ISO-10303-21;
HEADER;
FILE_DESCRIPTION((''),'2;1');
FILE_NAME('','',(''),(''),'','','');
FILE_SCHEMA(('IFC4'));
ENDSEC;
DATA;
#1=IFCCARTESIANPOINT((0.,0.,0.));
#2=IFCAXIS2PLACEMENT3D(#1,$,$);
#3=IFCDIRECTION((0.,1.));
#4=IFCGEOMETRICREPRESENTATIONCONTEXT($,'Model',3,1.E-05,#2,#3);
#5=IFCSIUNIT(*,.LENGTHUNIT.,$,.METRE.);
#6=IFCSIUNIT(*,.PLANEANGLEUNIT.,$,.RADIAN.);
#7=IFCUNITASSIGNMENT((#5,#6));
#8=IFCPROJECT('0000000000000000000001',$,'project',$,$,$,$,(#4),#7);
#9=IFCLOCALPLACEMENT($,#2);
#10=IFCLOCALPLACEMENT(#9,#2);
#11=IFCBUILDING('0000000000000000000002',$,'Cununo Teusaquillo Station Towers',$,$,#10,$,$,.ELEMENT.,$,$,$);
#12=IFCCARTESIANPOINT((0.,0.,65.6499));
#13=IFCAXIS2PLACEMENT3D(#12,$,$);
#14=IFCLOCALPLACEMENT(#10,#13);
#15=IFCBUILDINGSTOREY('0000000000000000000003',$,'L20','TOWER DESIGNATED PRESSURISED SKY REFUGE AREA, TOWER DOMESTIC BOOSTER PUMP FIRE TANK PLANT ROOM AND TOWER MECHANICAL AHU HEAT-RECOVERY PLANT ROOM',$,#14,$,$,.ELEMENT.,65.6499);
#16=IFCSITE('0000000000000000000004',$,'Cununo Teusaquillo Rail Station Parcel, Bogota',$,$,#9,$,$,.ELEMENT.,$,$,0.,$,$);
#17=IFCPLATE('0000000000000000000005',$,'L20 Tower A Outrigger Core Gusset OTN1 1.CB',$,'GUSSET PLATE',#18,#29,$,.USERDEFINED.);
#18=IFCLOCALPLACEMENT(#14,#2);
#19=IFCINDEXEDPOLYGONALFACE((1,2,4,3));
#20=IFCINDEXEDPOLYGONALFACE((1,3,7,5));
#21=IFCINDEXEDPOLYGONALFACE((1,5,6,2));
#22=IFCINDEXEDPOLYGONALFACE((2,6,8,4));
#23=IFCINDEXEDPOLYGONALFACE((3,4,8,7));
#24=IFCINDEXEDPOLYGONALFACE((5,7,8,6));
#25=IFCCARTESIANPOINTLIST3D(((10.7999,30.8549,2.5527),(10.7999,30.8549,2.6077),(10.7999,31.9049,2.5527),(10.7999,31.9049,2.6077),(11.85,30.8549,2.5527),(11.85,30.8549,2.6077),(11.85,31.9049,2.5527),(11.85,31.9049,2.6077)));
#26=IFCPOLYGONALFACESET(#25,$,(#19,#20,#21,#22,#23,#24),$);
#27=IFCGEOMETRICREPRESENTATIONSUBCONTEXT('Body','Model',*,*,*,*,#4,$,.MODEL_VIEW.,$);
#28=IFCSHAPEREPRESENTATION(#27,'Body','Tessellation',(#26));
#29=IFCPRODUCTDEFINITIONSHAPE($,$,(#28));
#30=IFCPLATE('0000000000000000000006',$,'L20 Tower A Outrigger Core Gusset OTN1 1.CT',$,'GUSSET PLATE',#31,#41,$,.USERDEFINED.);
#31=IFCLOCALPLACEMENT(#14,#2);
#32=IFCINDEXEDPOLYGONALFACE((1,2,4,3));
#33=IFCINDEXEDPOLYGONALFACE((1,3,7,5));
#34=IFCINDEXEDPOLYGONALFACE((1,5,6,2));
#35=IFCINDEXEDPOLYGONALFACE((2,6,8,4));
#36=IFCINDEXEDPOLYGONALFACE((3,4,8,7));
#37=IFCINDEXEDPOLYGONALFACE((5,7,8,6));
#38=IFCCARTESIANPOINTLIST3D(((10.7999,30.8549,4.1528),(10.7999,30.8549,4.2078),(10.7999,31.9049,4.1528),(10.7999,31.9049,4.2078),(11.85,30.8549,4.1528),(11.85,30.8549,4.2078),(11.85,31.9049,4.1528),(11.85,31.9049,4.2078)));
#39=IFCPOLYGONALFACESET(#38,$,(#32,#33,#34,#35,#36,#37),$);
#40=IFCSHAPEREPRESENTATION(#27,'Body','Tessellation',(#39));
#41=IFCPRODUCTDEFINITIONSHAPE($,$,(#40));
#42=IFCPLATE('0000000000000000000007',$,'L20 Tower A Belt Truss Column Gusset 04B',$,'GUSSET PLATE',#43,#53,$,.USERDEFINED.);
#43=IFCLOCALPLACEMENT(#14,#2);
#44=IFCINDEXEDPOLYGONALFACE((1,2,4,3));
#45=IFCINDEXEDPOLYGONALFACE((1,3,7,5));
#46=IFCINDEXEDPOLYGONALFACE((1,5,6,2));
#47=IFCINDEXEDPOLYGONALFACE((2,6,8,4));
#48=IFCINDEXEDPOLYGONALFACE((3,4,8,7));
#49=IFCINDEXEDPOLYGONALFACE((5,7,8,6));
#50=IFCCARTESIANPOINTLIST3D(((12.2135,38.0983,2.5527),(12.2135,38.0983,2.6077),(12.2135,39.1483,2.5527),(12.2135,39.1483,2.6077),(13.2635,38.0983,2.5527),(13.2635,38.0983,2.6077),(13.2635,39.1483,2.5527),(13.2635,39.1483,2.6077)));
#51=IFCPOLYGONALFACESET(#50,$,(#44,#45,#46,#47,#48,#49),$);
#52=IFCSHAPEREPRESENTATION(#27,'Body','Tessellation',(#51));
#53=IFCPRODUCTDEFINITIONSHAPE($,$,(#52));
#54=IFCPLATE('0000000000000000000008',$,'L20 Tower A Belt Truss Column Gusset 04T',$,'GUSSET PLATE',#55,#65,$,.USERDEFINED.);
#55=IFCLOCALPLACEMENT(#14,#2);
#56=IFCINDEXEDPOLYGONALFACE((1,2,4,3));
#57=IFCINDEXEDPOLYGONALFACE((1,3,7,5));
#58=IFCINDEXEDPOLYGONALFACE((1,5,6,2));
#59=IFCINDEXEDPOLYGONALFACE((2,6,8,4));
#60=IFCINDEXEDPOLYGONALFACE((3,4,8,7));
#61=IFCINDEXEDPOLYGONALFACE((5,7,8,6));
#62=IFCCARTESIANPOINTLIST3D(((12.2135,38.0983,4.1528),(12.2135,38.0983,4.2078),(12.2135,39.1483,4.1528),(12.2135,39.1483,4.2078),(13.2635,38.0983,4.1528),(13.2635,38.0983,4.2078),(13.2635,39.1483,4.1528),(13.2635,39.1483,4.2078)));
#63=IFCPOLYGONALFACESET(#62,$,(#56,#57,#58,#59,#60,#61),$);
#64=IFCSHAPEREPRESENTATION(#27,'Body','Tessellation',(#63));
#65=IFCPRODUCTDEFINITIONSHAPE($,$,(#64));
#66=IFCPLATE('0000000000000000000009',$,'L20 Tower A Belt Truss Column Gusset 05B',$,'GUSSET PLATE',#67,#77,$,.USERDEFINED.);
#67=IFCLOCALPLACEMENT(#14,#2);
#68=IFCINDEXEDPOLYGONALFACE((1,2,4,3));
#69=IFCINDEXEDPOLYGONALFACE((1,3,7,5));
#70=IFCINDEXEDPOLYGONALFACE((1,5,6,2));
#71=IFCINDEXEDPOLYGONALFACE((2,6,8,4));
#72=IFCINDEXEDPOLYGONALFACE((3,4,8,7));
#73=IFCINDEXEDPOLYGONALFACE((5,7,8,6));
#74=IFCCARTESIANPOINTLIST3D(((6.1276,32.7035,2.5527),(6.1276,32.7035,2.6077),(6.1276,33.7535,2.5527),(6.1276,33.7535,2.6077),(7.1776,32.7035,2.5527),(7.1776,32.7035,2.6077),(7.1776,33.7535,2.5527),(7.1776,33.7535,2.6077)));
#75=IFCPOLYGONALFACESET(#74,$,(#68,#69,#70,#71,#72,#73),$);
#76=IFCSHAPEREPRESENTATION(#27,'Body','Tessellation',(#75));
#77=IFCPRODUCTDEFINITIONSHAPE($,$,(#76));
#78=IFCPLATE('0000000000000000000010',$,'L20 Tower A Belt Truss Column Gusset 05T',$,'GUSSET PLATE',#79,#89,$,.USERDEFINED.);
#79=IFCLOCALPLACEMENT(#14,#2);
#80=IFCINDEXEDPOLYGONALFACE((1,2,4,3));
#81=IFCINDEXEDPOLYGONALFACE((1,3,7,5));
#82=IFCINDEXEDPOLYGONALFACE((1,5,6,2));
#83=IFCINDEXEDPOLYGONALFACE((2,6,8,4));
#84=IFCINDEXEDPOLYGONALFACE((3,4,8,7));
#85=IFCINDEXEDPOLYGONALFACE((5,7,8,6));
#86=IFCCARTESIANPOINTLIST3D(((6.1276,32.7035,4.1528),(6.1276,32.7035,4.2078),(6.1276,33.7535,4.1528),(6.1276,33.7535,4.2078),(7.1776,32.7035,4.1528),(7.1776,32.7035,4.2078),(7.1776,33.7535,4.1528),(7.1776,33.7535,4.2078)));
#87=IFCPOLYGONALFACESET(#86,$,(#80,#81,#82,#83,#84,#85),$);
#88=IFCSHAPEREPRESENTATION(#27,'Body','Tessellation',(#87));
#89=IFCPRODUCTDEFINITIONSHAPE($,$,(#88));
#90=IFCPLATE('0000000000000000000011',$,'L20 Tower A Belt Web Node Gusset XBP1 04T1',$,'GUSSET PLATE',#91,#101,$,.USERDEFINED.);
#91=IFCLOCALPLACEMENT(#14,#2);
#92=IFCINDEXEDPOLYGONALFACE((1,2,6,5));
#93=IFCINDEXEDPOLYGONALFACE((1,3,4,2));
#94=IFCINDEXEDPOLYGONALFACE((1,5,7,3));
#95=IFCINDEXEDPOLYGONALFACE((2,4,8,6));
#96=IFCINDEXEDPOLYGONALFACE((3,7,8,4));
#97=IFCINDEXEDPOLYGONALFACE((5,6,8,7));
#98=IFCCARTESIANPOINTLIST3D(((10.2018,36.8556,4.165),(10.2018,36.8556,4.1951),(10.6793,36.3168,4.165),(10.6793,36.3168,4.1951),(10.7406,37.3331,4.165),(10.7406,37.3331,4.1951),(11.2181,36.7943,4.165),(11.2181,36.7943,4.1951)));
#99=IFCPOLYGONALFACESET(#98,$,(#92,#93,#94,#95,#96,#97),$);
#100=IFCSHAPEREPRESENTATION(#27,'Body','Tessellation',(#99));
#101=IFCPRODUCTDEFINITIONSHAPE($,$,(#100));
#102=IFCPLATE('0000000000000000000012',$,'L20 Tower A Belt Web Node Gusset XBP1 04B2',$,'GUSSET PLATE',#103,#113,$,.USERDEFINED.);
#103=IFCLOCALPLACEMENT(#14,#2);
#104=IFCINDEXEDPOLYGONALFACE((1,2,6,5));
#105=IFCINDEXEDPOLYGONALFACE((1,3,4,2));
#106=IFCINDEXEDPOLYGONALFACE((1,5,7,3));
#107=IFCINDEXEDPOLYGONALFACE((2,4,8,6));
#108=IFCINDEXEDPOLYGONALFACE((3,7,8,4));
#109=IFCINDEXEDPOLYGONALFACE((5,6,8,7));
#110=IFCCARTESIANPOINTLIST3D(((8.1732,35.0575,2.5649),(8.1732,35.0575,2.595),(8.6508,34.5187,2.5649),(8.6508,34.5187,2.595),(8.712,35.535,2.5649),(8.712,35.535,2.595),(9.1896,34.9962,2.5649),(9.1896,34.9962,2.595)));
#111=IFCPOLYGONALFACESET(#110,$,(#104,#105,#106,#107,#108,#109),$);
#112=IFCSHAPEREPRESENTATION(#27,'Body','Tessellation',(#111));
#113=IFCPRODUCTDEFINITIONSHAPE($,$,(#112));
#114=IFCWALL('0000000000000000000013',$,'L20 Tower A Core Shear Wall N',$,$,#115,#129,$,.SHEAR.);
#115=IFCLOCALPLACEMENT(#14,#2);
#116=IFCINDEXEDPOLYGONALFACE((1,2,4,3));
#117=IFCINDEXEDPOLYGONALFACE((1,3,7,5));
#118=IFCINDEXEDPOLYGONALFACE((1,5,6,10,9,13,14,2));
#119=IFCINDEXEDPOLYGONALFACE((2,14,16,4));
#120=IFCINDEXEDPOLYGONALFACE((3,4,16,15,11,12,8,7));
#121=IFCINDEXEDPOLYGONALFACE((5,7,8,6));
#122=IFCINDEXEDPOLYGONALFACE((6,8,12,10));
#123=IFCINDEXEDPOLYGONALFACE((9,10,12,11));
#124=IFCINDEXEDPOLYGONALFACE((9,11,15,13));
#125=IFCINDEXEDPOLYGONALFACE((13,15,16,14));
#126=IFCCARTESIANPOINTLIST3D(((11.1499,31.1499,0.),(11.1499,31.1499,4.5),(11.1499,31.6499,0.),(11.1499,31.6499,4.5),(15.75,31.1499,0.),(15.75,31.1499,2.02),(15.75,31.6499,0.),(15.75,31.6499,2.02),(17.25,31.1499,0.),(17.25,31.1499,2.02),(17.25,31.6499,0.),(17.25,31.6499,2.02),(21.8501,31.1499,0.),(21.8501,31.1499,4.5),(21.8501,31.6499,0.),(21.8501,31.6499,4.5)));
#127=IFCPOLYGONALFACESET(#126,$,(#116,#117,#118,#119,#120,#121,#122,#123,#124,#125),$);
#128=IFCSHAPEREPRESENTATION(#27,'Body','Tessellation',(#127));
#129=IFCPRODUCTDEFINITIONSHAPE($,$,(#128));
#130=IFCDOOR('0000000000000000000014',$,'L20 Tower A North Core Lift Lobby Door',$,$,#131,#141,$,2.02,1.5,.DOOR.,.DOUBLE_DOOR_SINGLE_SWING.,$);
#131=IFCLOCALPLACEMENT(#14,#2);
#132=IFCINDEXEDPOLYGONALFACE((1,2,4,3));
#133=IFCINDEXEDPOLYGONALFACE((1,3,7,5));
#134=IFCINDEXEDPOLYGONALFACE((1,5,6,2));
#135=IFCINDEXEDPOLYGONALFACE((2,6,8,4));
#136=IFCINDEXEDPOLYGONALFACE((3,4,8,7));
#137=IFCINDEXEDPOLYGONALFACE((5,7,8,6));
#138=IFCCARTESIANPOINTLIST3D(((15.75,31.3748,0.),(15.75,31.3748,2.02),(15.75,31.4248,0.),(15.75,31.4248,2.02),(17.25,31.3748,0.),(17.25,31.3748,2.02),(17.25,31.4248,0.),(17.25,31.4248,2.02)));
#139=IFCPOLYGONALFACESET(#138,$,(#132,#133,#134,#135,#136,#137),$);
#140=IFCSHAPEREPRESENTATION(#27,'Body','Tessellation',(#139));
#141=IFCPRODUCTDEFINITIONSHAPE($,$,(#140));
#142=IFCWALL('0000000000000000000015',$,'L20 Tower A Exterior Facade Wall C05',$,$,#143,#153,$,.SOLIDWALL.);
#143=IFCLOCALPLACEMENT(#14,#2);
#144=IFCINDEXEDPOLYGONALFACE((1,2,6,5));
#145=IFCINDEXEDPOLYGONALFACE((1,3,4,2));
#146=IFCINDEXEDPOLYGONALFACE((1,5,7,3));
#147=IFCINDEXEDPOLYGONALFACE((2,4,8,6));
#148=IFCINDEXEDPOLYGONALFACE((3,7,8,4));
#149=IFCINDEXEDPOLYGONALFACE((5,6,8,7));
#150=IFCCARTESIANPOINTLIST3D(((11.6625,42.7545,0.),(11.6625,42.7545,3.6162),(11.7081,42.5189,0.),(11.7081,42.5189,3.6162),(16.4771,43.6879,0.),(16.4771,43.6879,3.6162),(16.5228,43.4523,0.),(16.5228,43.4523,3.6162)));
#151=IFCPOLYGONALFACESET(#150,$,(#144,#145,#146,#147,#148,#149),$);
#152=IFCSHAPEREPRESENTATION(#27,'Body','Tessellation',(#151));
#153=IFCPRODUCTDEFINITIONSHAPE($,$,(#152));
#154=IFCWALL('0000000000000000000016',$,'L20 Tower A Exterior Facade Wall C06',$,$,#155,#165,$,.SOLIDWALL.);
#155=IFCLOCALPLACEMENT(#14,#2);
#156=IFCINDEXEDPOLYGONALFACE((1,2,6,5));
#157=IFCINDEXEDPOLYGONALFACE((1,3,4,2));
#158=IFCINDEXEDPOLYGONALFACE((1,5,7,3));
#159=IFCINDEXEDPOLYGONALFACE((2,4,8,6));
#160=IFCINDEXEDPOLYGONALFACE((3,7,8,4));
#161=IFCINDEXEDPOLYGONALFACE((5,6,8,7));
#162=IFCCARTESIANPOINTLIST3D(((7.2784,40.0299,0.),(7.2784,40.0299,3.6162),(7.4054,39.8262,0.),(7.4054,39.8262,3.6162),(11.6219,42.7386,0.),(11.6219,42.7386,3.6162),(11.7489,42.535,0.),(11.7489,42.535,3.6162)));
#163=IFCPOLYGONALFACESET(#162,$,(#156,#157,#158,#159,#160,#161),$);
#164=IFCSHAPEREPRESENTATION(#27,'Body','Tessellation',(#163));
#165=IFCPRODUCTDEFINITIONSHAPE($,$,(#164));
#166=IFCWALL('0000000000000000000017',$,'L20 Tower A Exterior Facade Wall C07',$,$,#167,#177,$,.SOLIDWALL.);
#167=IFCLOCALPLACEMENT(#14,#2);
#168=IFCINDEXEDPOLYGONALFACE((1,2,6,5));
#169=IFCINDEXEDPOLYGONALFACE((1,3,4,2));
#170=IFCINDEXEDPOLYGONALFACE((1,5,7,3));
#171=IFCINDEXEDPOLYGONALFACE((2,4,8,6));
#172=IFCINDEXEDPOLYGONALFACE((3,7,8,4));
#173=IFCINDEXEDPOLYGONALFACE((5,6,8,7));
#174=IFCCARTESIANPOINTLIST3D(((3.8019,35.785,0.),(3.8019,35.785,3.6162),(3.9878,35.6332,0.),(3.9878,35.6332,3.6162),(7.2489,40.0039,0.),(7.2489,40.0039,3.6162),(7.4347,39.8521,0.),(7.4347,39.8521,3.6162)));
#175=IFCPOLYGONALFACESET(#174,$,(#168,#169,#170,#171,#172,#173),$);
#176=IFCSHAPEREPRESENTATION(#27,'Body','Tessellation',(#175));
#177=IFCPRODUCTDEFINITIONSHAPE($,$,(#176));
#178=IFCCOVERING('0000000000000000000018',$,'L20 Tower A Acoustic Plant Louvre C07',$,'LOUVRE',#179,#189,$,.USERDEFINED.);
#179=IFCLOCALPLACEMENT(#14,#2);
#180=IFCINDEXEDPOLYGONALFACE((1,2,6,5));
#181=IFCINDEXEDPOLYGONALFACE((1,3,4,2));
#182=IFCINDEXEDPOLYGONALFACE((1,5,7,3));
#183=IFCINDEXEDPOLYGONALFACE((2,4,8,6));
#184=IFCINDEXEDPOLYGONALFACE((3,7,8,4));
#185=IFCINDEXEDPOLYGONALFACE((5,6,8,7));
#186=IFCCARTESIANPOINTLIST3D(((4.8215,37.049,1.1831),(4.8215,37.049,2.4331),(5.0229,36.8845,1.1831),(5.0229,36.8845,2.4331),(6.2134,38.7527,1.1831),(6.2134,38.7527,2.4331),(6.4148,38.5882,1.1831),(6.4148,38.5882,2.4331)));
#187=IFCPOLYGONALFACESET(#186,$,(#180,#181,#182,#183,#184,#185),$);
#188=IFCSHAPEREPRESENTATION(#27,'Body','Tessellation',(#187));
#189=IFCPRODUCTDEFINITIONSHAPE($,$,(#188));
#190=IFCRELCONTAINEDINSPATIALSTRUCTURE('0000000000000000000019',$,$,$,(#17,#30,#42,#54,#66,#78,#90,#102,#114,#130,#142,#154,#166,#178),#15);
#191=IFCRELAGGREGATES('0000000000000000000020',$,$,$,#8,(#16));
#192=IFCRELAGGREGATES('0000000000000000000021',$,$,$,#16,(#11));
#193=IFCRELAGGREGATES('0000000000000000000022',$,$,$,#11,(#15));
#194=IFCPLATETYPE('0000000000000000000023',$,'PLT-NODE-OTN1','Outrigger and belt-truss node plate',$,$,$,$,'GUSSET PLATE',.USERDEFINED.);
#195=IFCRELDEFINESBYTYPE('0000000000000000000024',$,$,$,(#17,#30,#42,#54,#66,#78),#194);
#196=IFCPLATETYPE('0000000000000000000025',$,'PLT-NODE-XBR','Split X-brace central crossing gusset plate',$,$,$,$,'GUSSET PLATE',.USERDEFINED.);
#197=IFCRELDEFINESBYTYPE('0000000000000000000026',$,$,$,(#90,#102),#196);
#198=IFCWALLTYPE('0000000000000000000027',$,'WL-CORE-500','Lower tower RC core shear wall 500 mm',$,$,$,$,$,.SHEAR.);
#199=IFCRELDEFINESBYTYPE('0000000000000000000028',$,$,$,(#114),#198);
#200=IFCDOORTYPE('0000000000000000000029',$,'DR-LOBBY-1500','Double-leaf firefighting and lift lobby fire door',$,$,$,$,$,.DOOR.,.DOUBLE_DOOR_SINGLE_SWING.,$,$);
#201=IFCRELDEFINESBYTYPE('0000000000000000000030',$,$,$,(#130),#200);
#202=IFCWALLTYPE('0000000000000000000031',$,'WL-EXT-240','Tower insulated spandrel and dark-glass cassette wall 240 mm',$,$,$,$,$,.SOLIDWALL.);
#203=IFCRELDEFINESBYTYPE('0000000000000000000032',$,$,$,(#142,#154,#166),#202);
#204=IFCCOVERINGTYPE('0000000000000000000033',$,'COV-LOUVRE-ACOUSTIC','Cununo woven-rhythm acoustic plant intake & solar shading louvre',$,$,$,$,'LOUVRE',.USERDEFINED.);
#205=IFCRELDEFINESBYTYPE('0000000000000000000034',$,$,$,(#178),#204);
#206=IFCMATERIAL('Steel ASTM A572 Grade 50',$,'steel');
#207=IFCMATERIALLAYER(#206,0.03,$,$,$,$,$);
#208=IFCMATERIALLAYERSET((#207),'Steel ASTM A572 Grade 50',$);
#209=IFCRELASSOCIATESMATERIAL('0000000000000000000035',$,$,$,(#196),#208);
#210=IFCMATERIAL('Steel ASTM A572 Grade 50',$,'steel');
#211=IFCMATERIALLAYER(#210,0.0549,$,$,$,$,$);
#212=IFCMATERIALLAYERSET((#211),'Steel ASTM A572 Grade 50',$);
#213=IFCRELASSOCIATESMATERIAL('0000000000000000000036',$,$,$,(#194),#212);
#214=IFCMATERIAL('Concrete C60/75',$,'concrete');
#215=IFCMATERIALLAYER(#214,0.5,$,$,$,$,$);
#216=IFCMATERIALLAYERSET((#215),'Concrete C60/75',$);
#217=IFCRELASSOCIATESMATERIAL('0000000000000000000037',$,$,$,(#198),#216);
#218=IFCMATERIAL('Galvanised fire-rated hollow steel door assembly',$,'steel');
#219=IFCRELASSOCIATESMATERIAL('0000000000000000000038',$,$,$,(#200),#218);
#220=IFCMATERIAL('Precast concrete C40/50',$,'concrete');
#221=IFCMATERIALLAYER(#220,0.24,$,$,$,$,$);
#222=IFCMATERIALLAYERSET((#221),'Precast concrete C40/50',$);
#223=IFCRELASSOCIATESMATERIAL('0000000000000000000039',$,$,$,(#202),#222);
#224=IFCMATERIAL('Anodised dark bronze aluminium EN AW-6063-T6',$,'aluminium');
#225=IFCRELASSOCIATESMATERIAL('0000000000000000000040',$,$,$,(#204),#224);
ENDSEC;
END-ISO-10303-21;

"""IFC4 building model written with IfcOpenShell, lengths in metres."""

from ifc_helpers import new_model, si_unit, direction, frame, frame_2d, origin, origin_2d, place, context, subcontext, project, spatial, rectangle, extrude, source, transform, mapped, material, layer, layer_set, type_object, element, fill, save


model = new_model("IFC4")

# Units and contexts
model_context = context("Model", 3, precision=1e-05, world=origin(), true_north=direction((0.0, 1.0)))
body_context = subcontext(model_context, "Body", "Model", "MODEL_VIEW")
ifc_project = project(units=[si_unit("LENGTHUNIT", "METRE"), si_unit("PLANEANGLEUNIT", "RADIAN")], contexts=[model_context])

# Site, building, storey
site_placement = place(None, origin())
site = spatial("IfcSite", under=ifc_project, at=site_placement, Name="Cununo Teusaquillo Rail Station Parcel, Bogota", CompositionType="ELEMENT", RefElevation=0.0)
building_placement = place(site_placement, origin())
building = spatial("IfcBuilding", under=site, at=building_placement, Name="Cununo Teusaquillo Station Towers", CompositionType="ELEMENT")
storey_placement = place(building_placement, frame((0.0, 0.0, 65.6499)))
storey = spatial("IfcBuildingStorey", under=building, at=storey_placement, Name="L20", Description="TOWER DESIGNATED PRESSURISED SKY REFUGE AREA, TOWER DOMESTIC BOOSTER PUMP FIRE TANK PLANT ROOM AND TOWER MECHANICAL AHU HEAT-RECOVERY PLANT ROOM", CompositionType="ELEMENT", Elevation=65.6499)

# Plates
ifc_material_1 = material(Name="Steel ASTM A572 Grade 50", Category="steel")
ifc_layer_1 = layer(ifc_material_1, 0.03)
ifc_layer_set_1 = layer_set([ifc_layer_1], Name="Steel ASTM A572 Grade 50")
plate_type_1 = type_object("IfcPlateType", Name="PLT-NODE-XBR", Description="Split X-brace central crossing gusset plate", ElementType="GUSSET PLATE", PredefinedType="USERDEFINED", material=ifc_layer_set_1)
ifc_material_2 = material(Name="Steel ASTM A572 Grade 50", Category="steel")
ifc_layer_2 = layer(ifc_material_2, 0.0549)
ifc_layer_set_2 = layer_set([ifc_layer_2], Name="Steel ASTM A572 Grade 50")
plate_type_2 = type_object("IfcPlateType", Name="PLT-NODE-OTN1", Description="Outrigger and belt-truss node plate", ElementType="GUSSET PLATE", PredefinedType="USERDEFINED", material=ifc_layer_set_2)
shared_shape_1 = source(origin(), body_context, "Body", "SweptSolid", [
    extrude(rectangle(XDim=1.05, YDim=1.05, at=origin_2d()), origin(), (0.0, 0.0, 1.0), 0.0549),
])
for number, where, z_axis, x_axis, name in (
    (1, (11.325, 31.3799, 2.5527), (0.0, 0.0, 1.0), (1.0, 0.0, 0.0), "L20 Tower A Outrigger Core Gusset OTN1 1.CB"),
    (2, (11.325, 31.3799, 4.1528), (0.0, 0.0, 1.0), (1.0, 0.0, 0.0), "L20 Tower A Outrigger Core Gusset OTN1 1.CT"),
    (3, (12.7385, 38.6233, 2.5527), (0.0, 0.0, 1.0), (1.0, 0.0, 0.0), "L20 Tower A Belt Truss Column Gusset 04B"),
    (4, (12.7385, 38.6233, 4.1528), (0.0, 0.0, 1.0), (1.0, 0.0, 0.0), "L20 Tower A Belt Truss Column Gusset 04T"),
    (5, (6.6526, 33.2285, 2.5527), (0.0, 0.0, 1.0), (1.0, 0.0, 0.0), "L20 Tower A Belt Truss Column Gusset 05B"),
    (6, (6.6526, 33.2285, 4.1528), (0.0, 0.0, 1.0), (1.0, 0.0, 0.0), "L20 Tower A Belt Truss Column Gusset 05T"),
):
    element("IfcPlate", number, at=place(storey_placement, frame(where, z_axis=z_axis, x_axis=x_axis)), inside=storey, type_object=plate_type_2, Name=name, ObjectType="GUSSET PLATE", PredefinedType="USERDEFINED", context=body_context, shape_type="MappedRepresentation", body=[
        mapped(shared_shape_1, transform((0.0, 0.0, 0.0), x_axis=(1.0, 0.0, 0.0), y_axis=(0.0, 1.0, 0.0), z_axis=(0.0, 0.0, 1.0), scale=1.0)),
    ])
shared_shape_2 = source(origin(), body_context, "Body", "SweptSolid", [
    extrude(rectangle(XDim=0.72, YDim=0.72, at=origin_2d()), origin(), (0.0, 0.0, 1.0), 0.03),
])
for number, where, z_axis, x_axis, name in (
    (7, (10.71, 36.825, 4.165), (0.0, 0.0, 1.0), (-0.748377, -0.663273, 0.0), "L20 Tower A Belt Web Node Gusset XBP1 04T1"),
    (8, (8.6814, 35.0269, 2.5649), (0.0, 0.0, 1.0), (-0.748377, -0.663273, 0.0), "L20 Tower A Belt Web Node Gusset XBP1 04B2"),
):
    element("IfcPlate", number, at=place(storey_placement, frame(where, z_axis=z_axis, x_axis=x_axis)), inside=storey, type_object=plate_type_1, Name=name, ObjectType="GUSSET PLATE", PredefinedType="USERDEFINED", context=body_context, shape_type="MappedRepresentation", body=[
        mapped(shared_shape_2, transform((0.0, 0.0, 0.0), x_axis=(1.0, 0.0, 0.0), y_axis=(0.0, 1.0, 0.0), z_axis=(0.0, 0.0, 1.0), scale=1.0)),
    ])

# Wall, opening, door
ifc_material_3 = material(Name="Concrete C60/75", Category="concrete")
ifc_layer_3 = layer(ifc_material_3, 0.5)
ifc_layer_set_3 = layer_set([ifc_layer_3], Name="Concrete C60/75")
wall_type_1 = type_object("IfcWallType", Name="WL-CORE-500", Description="Lower tower RC core shear wall 500 mm", PredefinedType="SHEAR", material=ifc_layer_set_3)
wall_1_placement = place(storey_placement, frame((11.1499, 31.3999, 0.0), z_axis=(0.0, 0.0, 1.0), x_axis=(1.0, 0.0, 0.0)))
wall_1 = element("IfcWall", 9, at=wall_1_placement, inside=storey, type_object=wall_type_1, Name="L20 Tower A Core Shear Wall N", PredefinedType="SHEAR", context=body_context, shape_type="SweptSolid", body=[
    extrude(rectangle(XDim=10.7002, YDim=0.5, at=frame_2d((5.3501, 0.0))), origin(), (0.0, 0.0, 1.0), 4.5),
])
shared_shape_3 = source(origin(), body_context, "Body", "SweptSolid", [
    extrude(rectangle(XDim=1.5, YDim=2.02, at=frame_2d((0.75, 1.01))), frame((0.0, 0.26, 0.0), z_axis=(0.0, -1.0, 0.0), x_axis=(1.0, 0.0, 0.0)), (0.0, 0.0, 1.0), 0.52),
])
opening_placement = place(wall_1_placement, frame((4.6001, 0.0, 0.0)))
opening = element("IfcOpeningElement", 10, at=opening_placement, cuts=wall_1, PredefinedType="OPENING", context=body_context, shape_type="MappedRepresentation", body=[
    mapped(shared_shape_3, transform((0.0, 0.0, 0.0), x_axis=(1.0, 0.0, 0.0), y_axis=(0.0, 1.0, 0.0), z_axis=(0.0, 0.0, 1.0), scale=1.0)),
])
ifc_material_4 = material(Name="Galvanised fire-rated hollow steel door assembly", Category="steel")
door_type = type_object("IfcDoorType", Name="DR-LOBBY-1500", Description="Double-leaf firefighting and lift lobby fire door", OperationType="DOUBLE_DOOR_SINGLE_SWING", PredefinedType="DOOR", material=ifc_material_4)
shared_shape_4 = source(origin(), body_context, "Body", "SweptSolid", [
    extrude(rectangle(XDim=1.5, YDim=2.02, at=frame_2d((0.75, 1.01))), frame((0.0, 0.0249, 0.0), z_axis=(0.0, -1.0, 0.0), x_axis=(1.0, 0.0, 0.0)), (0.0, 0.0, 1.0), 0.05),
])
door_placement = place(opening_placement, origin())
door = element("IfcDoor", 11, at=door_placement, inside=storey, type_object=door_type, Name="L20 Tower A North Core Lift Lobby Door", OperationType="DOUBLE_DOOR_SINGLE_SWING", OverallHeight=2.02, OverallWidth=1.5, PredefinedType="DOOR", context=body_context, shape_type="MappedRepresentation", body=[
    mapped(shared_shape_4, transform((0.0, 0.0, 0.0), x_axis=(1.0, 0.0, 0.0), y_axis=(0.0, 1.0, 0.0), z_axis=(0.0, 0.0, 1.0), scale=1.0)),
])
fill(opening, door)

# Walls
ifc_material_5 = material(Name="Precast concrete C40/50", Category="concrete")
ifc_layer_4 = layer(ifc_material_5, 0.24)
ifc_layer_set_4 = layer_set([ifc_layer_4], Name="Precast concrete C40/50")
wall_type_2 = type_object("IfcWallType", Name="WL-EXT-240", Description="Tower insulated spandrel and dark-glass cassette wall 240 mm", PredefinedType="SOLIDWALL", material=ifc_layer_set_4)
wall_2_placement = place(storey_placement, frame((11.6853, 42.6367, 0.0), z_axis=(0.0, 0.0, 1.0), x_axis=(0.981724, 0.190311, 0.0)))
element("IfcWall", 12, at=wall_2_placement, inside=storey, type_object=wall_type_2, Name="L20 Tower A Exterior Facade Wall C05", PredefinedType="SOLIDWALL", context=body_context, shape_type="SweptSolid", body=[
    extrude(rectangle(XDim=4.9043, YDim=0.24, at=frame_2d((2.4521, 0.0))), origin(), (0.0, 0.0, 1.0), 3.6162),
])
wall_3_placement = place(storey_placement, frame((7.3418, 39.928, 0.0), z_axis=(0.0, 0.0, 1.0), x_axis=(0.84852, 0.529163, 0.0)))
element("IfcWall", 13, at=wall_3_placement, inside=storey, type_object=wall_type_2, Name="L20 Tower A Exterior Facade Wall C06", PredefinedType="SOLIDWALL", context=body_context, shape_type="SweptSolid", body=[
    extrude(rectangle(XDim=5.1189, YDim=0.24, at=frame_2d((2.5596, 0.0))), origin(), (0.0, 0.0, 1.0), 3.6162),
])
wall_4_placement = place(storey_placement, frame((3.8948, 35.709, 0.0), z_axis=(0.0, 0.0, 1.0), x_axis=(0.632701, 0.774396, 0.0)))
element("IfcWall", 14, at=wall_4_placement, inside=storey, type_object=wall_type_2, Name="L20 Tower A Exterior Facade Wall C07", PredefinedType="SOLIDWALL", context=body_context, shape_type="SweptSolid", body=[
    extrude(rectangle(XDim=5.448, YDim=0.24, at=frame_2d((2.7241, 0.0))), origin(), (0.0, 0.0, 1.0), 3.6162),
])

# Covering
ifc_material_6 = material(Name="Anodised dark bronze aluminium EN AW-6063-T6", Category="aluminium")
covering_type = type_object("IfcCoveringType", Name="COV-LOUVRE-ACOUSTIC", Description="Cununo woven-rhythm acoustic plant intake & solar shading louvre", ElementType="LOUVRE", PredefinedType="USERDEFINED", material=ifc_material_6)
shared_shape_5 = source(origin(), body_context, "Body", "SweptSolid", [
    extrude(rectangle(XDim=2.2, YDim=0.26, at=origin_2d()), origin(), (0.0, 0.0, 1.0), 1.25),
])
covering_placement = place(storey_placement, frame((5.6182, 37.8186, 1.1831), z_axis=(0.0, 0.0, 1.0), x_axis=(0.632705, 0.774393, 0.0)))
element("IfcCovering", 15, at=covering_placement, inside=storey, type_object=covering_type, Name="L20 Tower A Acoustic Plant Louvre C07", ObjectType="LOUVRE", PredefinedType="USERDEFINED", context=body_context, shape_type="MappedRepresentation", body=[
    mapped(shared_shape_5, transform((0.0, 0.0, 0.0), x_axis=(1.0, 0.0, 0.0), y_axis=(0.0, 1.0, 0.0), z_axis=(0.0, 0.0, 1.0), scale=1.0)),
])

save(model, "model.ifc")
